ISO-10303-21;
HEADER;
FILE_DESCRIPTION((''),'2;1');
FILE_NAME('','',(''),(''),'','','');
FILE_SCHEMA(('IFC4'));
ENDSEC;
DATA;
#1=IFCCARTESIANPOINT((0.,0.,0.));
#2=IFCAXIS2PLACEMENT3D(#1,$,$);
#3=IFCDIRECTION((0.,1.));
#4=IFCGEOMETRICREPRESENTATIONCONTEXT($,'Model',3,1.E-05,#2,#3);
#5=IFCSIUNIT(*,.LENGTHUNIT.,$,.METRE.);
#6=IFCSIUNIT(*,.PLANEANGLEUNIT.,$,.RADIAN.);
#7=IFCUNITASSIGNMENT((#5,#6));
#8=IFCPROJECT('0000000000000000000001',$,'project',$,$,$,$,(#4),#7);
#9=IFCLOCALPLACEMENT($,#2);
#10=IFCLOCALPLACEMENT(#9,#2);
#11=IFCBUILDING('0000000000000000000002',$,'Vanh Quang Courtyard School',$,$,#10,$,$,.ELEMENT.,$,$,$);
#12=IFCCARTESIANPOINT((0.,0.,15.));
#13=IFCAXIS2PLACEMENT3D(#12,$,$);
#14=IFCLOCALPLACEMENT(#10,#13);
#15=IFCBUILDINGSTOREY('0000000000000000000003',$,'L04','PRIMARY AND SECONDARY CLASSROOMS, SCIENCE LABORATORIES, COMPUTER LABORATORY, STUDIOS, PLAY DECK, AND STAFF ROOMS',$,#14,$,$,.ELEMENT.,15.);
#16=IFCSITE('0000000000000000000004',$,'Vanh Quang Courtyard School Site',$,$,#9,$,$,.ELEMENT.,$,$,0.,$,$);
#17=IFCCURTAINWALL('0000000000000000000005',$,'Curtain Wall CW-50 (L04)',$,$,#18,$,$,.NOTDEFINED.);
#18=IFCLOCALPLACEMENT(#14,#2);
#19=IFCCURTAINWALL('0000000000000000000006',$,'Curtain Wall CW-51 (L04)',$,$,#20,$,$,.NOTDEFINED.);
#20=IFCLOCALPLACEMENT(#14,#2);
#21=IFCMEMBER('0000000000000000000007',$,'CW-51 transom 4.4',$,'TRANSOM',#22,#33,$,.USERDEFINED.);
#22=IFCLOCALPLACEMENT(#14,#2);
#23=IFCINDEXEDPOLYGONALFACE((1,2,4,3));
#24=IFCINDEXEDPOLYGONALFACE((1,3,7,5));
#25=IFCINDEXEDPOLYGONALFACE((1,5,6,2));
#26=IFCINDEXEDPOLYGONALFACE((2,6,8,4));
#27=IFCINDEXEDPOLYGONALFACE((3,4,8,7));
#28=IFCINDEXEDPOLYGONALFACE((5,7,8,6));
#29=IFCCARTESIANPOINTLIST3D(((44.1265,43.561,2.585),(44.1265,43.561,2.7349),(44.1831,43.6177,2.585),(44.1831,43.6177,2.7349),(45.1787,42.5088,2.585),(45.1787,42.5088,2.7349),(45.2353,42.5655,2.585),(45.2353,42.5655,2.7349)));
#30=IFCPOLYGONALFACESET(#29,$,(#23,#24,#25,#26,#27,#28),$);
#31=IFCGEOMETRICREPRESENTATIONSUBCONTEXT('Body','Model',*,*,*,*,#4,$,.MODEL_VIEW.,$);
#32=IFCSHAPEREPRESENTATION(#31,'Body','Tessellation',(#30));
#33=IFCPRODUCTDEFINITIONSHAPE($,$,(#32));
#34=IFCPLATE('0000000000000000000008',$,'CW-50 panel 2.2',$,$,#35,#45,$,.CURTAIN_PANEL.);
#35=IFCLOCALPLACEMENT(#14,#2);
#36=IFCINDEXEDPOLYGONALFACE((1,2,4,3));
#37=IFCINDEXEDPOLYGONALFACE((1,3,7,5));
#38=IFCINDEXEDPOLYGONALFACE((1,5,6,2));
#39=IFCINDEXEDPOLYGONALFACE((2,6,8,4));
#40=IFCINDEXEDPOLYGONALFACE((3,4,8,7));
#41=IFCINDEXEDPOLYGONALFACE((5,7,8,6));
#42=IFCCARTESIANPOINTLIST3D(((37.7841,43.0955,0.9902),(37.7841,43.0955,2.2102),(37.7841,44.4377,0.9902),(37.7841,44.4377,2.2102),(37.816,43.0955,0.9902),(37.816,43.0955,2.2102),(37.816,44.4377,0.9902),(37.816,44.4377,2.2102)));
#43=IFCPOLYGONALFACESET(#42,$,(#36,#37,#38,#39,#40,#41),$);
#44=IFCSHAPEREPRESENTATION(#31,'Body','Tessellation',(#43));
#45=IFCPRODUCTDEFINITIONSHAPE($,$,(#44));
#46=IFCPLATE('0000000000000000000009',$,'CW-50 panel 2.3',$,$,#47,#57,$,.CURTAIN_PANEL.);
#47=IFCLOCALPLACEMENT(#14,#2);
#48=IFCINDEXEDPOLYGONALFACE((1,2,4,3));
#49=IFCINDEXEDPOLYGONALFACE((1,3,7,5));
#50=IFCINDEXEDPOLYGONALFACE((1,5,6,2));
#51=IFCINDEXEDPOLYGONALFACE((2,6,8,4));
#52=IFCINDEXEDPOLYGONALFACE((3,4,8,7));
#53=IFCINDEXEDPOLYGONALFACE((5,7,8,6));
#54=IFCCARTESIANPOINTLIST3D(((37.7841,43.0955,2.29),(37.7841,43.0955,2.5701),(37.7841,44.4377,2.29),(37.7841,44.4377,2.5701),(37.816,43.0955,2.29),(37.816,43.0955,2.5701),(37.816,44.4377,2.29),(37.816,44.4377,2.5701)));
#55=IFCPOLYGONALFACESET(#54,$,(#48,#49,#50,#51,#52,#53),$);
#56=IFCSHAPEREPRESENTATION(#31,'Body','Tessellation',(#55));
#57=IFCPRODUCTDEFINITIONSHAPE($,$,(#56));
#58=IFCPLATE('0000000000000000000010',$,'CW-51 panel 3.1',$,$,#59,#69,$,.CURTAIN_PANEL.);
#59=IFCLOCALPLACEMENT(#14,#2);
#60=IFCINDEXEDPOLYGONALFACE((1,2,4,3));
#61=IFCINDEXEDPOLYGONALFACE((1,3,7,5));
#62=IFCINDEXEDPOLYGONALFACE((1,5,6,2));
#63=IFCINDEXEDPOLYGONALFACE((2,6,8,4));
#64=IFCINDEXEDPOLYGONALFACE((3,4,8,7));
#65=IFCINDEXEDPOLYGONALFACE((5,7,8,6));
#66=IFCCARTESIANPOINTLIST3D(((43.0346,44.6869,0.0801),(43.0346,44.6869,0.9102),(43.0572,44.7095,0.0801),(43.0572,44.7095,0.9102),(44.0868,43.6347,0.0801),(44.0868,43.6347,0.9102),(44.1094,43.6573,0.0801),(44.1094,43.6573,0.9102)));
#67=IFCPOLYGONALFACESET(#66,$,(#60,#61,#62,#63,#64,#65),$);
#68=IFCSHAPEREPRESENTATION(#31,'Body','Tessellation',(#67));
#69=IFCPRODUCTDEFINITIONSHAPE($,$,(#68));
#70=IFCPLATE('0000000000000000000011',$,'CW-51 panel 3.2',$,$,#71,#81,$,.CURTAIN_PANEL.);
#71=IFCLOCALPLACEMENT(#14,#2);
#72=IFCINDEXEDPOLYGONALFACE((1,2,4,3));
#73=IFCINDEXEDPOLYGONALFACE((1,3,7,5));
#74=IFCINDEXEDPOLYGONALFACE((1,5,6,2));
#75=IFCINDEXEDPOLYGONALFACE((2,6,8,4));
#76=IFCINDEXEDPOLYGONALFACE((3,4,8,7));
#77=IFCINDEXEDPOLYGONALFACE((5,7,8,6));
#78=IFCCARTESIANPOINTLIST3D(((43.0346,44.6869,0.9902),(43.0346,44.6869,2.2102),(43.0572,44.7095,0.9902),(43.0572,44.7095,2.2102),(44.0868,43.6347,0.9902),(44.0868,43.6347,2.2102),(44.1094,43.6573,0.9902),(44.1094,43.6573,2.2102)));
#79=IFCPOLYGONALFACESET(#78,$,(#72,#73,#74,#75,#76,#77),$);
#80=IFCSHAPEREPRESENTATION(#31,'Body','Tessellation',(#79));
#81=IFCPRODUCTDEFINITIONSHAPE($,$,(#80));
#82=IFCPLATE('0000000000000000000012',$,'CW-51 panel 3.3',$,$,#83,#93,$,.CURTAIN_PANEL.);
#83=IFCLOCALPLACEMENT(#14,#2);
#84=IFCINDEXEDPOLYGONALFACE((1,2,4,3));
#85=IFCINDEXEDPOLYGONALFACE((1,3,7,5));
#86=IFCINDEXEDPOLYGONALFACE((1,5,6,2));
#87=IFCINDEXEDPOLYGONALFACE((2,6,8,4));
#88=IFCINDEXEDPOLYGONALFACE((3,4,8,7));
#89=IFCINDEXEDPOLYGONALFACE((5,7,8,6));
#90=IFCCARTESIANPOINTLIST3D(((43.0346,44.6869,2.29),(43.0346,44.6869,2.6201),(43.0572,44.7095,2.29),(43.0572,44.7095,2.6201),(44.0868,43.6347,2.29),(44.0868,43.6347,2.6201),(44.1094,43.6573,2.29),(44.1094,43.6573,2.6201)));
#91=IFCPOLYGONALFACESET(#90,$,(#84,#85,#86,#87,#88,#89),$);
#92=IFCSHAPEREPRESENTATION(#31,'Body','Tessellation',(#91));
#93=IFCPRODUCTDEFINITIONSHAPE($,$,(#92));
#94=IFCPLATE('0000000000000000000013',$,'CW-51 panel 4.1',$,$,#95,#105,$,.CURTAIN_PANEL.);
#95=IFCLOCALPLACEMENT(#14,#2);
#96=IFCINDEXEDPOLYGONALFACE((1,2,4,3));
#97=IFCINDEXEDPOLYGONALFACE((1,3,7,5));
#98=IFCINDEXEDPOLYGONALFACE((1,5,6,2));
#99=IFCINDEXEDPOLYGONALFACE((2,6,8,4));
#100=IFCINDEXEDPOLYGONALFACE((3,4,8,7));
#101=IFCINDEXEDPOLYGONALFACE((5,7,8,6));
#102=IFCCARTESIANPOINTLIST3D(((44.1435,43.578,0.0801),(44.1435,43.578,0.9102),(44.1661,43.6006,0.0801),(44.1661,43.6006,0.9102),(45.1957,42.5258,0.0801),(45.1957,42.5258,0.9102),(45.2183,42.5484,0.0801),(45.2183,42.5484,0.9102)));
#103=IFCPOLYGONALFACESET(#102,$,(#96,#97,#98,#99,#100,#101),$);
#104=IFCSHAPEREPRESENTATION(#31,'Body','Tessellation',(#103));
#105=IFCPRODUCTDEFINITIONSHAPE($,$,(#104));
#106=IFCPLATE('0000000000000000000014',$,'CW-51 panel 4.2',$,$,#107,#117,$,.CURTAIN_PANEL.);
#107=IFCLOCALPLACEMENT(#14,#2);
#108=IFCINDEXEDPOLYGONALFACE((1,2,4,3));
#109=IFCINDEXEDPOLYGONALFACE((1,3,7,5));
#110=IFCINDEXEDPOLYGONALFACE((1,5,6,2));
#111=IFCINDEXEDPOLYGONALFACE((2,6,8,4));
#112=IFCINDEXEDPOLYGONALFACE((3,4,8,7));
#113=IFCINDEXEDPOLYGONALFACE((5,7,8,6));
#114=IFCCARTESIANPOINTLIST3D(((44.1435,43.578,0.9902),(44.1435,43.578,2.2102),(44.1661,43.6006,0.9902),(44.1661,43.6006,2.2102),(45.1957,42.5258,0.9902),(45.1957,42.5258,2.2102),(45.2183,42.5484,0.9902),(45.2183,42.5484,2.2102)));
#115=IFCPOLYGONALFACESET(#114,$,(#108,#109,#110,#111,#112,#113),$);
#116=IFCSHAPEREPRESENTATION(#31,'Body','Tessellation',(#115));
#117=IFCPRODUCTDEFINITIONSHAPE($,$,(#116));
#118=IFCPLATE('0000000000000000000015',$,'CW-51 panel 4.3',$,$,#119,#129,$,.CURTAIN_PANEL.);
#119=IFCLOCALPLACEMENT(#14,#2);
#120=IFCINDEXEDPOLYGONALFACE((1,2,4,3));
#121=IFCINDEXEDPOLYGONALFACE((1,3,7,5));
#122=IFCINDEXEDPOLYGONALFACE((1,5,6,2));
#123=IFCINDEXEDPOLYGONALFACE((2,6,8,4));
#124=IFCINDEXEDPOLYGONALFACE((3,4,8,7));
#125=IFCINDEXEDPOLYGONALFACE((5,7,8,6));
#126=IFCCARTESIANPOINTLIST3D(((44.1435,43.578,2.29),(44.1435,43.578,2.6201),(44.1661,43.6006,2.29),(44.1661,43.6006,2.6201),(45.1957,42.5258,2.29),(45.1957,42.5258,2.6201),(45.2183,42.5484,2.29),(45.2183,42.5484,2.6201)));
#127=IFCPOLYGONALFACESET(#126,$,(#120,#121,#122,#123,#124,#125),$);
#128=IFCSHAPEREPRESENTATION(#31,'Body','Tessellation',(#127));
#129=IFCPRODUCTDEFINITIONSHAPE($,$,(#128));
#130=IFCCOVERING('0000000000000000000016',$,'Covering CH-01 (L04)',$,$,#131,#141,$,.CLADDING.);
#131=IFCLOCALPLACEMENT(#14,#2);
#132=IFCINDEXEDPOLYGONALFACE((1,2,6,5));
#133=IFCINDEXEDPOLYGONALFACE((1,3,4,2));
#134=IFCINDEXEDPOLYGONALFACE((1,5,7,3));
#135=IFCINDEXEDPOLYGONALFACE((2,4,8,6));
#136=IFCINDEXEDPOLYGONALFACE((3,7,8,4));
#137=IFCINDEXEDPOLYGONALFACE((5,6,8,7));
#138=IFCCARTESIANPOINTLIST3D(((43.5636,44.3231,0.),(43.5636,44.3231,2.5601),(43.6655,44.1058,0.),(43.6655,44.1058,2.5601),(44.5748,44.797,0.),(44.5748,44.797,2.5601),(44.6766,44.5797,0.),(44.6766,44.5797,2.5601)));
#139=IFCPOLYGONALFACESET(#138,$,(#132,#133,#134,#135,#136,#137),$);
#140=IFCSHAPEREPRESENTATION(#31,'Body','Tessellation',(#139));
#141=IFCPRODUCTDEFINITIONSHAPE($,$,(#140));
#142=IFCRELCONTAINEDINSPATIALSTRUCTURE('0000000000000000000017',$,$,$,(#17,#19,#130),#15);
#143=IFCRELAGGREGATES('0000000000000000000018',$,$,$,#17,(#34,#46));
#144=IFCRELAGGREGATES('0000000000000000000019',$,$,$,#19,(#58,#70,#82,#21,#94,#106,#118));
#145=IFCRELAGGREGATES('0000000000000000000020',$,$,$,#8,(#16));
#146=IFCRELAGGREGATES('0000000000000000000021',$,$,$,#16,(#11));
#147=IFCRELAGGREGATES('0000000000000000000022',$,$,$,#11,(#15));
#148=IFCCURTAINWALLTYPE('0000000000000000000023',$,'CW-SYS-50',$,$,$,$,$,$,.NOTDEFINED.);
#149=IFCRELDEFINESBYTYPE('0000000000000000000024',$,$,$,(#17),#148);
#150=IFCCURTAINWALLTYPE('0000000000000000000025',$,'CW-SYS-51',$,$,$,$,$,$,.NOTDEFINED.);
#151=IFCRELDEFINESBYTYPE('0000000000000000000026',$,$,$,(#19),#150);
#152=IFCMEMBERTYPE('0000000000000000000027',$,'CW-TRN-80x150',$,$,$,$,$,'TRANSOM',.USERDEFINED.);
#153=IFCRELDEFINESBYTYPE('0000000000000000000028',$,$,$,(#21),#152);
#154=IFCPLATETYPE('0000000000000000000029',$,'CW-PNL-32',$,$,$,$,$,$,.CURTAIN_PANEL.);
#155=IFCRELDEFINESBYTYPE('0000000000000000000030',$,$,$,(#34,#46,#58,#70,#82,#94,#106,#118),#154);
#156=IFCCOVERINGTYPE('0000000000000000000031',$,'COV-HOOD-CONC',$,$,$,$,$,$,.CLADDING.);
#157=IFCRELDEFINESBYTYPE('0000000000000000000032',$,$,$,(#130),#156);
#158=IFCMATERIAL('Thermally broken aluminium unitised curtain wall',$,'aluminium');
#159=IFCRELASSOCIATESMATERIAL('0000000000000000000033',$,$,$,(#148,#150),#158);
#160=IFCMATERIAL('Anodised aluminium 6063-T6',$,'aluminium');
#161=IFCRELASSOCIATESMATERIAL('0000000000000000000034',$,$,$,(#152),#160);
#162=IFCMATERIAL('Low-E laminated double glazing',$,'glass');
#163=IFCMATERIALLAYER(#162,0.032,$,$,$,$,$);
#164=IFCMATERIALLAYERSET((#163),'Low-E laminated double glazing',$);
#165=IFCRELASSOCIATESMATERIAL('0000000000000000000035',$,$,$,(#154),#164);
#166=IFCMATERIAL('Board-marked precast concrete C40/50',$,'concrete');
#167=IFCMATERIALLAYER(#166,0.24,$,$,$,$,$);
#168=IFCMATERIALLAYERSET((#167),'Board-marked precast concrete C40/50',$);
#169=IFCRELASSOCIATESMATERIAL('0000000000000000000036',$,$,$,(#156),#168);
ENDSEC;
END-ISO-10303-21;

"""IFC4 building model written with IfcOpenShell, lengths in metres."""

from ifc_helpers import new_model, si_unit, direction, frame, origin, origin_2d, place, context, subcontext, project, spatial, rectangle, extrude, material, layer, layer_set, material_profile, profile_set, type_object, element, aggregate, save


model = new_model("IFC4")

# Units and contexts
model_context = context("Model", 3, precision=1e-05, world=origin(), true_north=direction((0.0, 1.0)))
body_context = subcontext(model_context, "Body", "Model", "MODEL_VIEW")
ifc_project = project(units=[si_unit("LENGTHUNIT", "METRE"), si_unit("PLANEANGLEUNIT", "RADIAN")], contexts=[model_context])

# Site, building, storey
site_placement = place(None, origin())
site = spatial("IfcSite", under=ifc_project, at=site_placement, Name="Vanh Quang Courtyard School Site", CompositionType="ELEMENT", RefElevation=0.0)
building_placement = place(site_placement, origin())
building = spatial("IfcBuilding", under=site, at=building_placement, Name="Vanh Quang Courtyard School", CompositionType="ELEMENT")
storey_placement = place(building_placement, frame((0.0, 0.0, 15.0)))
storey = spatial("IfcBuildingStorey", under=building, at=storey_placement, Name="L04", Description="PRIMARY AND SECONDARY CLASSROOMS, SCIENCE LABORATORIES, COMPUTER LABORATORY, STUDIOS, PLAY DECK, AND STAFF ROOMS", CompositionType="ELEMENT", Elevation=15.0)

# Curtain walls
ifc_material_1 = material(Name="Thermally broken aluminium unitised curtain wall", Category="aluminium")
curtain_wall_type_1 = type_object("IfcCurtainWallType", Name="CW-SYS-50", PredefinedType="NOTDEFINED", material=ifc_material_1)
curtain_wall_1_placement = place(storey_placement, origin())
curtain_wall_1 = element("IfcCurtainWall", 1, at=curtain_wall_1_placement, inside=storey, type_object=curtain_wall_type_1, Name="Curtain Wall CW-50 (L04)", PredefinedType="NOTDEFINED")
ifc_material_2 = material(Name="Anodised aluminium 6063-T6", Category="aluminium")
curtain_wall_type_2 = type_object("IfcCurtainWallType", Name="CW-SYS-51", PredefinedType="NOTDEFINED", material=ifc_material_1)
curtain_wall_2_placement = place(storey_placement, origin())
curtain_wall_2 = element("IfcCurtainWall", 2, at=curtain_wall_2_placement, inside=storey, type_object=curtain_wall_type_2, Name="Curtain Wall CW-51 (L04)", PredefinedType="NOTDEFINED")

# Member
ifc_material_profile_1 = material_profile(ifc_material_2, rectangle(XDim=0.0801, YDim=0.1499, at=origin_2d()), Name="ALU-TRN 80x150")
ifc_profile_set_1 = profile_set([ifc_material_profile_1], Name="Anodised aluminium 6063-T6")
member_type_1 = type_object("IfcMemberType", Name="CW-TRN-80x150", ElementType="TRANSOM", PredefinedType="USERDEFINED", material=ifc_profile_set_1)
member_1_placement = place(storey_placement, frame((44.1548, 43.5894, 2.6599), z_axis=(0.707107, -0.707107, 0.0), x_axis=(0.707107, 0.707107, 0.0)))
member_1 = element("IfcMember", 3, at=member_1_placement, type_object=member_type_1, Name="CW-51 transom 4.4", ObjectType="TRANSOM", PredefinedType="USERDEFINED", context=body_context, shape_type="SweptSolid", body=[
    extrude(rectangle(XDim=0.0801, YDim=0.1499, at=origin_2d()), origin(), (0.0, 0.0, 1.0), 1.488),
])

# Plates
ifc_material_3 = material(Name="Low-E laminated double glazing", Category="glass")
ifc_layer_1 = layer(ifc_material_3, 0.032)
ifc_layer_set_1 = layer_set([ifc_layer_1], Name="Low-E laminated double glazing")
plate_type = type_object("IfcPlateType", Name="CW-PNL-32", PredefinedType="CURTAIN_PANEL", material=ifc_layer_set_1)
plate_1_placement = place(storey_placement, frame((37.8, 43.7666, 0.9902), z_axis=(0.0, 0.0, 1.0), x_axis=(0.0, 1.0, 0.0)))
plate_1 = element("IfcPlate", 4, at=plate_1_placement, type_object=plate_type, Name="CW-50 panel 2.2", PredefinedType="CURTAIN_PANEL", context=body_context, shape_type="SweptSolid", body=[
    extrude(rectangle(XDim=1.3423, YDim=0.032, at=origin_2d()), origin(), (0.0, 0.0, 1.0), 1.22),
])
plate_2_placement = place(storey_placement, frame((37.8, 43.7666, 2.29), z_axis=(0.0, 0.0, 1.0), x_axis=(0.0, 1.0, 0.0)))
plate_2 = element("IfcPlate", 5, at=plate_2_placement, type_object=plate_type, Name="CW-50 panel 2.3", PredefinedType="CURTAIN_PANEL", context=body_context, shape_type="SweptSolid", body=[
    extrude(rectangle(XDim=1.3423, YDim=0.032, at=origin_2d()), origin(), (0.0, 0.0, 1.0), 0.28),
])
aggregate(curtain_wall_1, [plate_1, plate_2])
plate_3_placement = place(storey_placement, frame((43.572, 44.1721, 0.0801), z_axis=(0.0, 0.0, 1.0), x_axis=(0.707107, -0.707107, 0.0)))
plate_3 = element("IfcPlate", 6, at=plate_3_placement, type_object=plate_type, Name="CW-51 panel 3.1", PredefinedType="CURTAIN_PANEL", context=body_context, shape_type="SweptSolid", body=[
    extrude(rectangle(XDim=1.488, YDim=0.032, at=origin_2d()), origin(), (0.0, 0.0, 1.0), 0.8301),
])
plate_4_placement = place(storey_placement, frame((43.572, 44.1721, 0.9902), z_axis=(0.0, 0.0, 1.0), x_axis=(0.707107, -0.707107, 0.0)))
plate_4 = element("IfcPlate", 7, at=plate_4_placement, type_object=plate_type, Name="CW-51 panel 3.2", PredefinedType="CURTAIN_PANEL", context=body_context, shape_type="SweptSolid", body=[
    extrude(rectangle(XDim=1.488, YDim=0.032, at=origin_2d()), origin(), (0.0, 0.0, 1.0), 1.22),
])
plate_5_placement = place(storey_placement, frame((43.572, 44.1721, 2.29), z_axis=(0.0, 0.0, 1.0), x_axis=(0.707107, -0.707107, 0.0)))
plate_5 = element("IfcPlate", 8, at=plate_5_placement, type_object=plate_type, Name="CW-51 panel 3.3", PredefinedType="CURTAIN_PANEL", context=body_context, shape_type="SweptSolid", body=[
    extrude(rectangle(XDim=1.488, YDim=0.032, at=origin_2d()), origin(), (0.0, 0.0, 1.0), 0.3301),
])
plate_6_placement = place(storey_placement, frame((44.6809, 43.0632, 0.0801), z_axis=(0.0, 0.0, 1.0), x_axis=(0.707107, -0.707107, 0.0)))
plate_6 = element("IfcPlate", 9, at=plate_6_placement, type_object=plate_type, Name="CW-51 panel 4.1", PredefinedType="CURTAIN_PANEL", context=body_context, shape_type="SweptSolid", body=[
    extrude(rectangle(XDim=1.488, YDim=0.032, at=origin_2d()), origin(), (0.0, 0.0, 1.0), 0.8301),
])
plate_7_placement = place(storey_placement, frame((44.6809, 43.0632, 0.9902), z_axis=(0.0, 0.0, 1.0), x_axis=(0.707107, -0.707107, 0.0)))
plate_7 = element("IfcPlate", 10, at=plate_7_placement, type_object=plate_type, Name="CW-51 panel 4.2", PredefinedType="CURTAIN_PANEL", context=body_context, shape_type="SweptSolid", body=[
    extrude(rectangle(XDim=1.488, YDim=0.032, at=origin_2d()), origin(), (0.0, 0.0, 1.0), 1.22),
])
plate_8_placement = place(storey_placement, frame((44.6809, 43.0632, 2.29), z_axis=(0.0, 0.0, 1.0), x_axis=(0.707107, -0.707107, 0.0)))
plate_8 = element("IfcPlate", 11, at=plate_8_placement, type_object=plate_type, Name="CW-51 panel 4.3", PredefinedType="CURTAIN_PANEL", context=body_context, shape_type="SweptSolid", body=[
    extrude(rectangle(XDim=1.488, YDim=0.032, at=origin_2d()), origin(), (0.0, 0.0, 1.0), 0.3301),
])
aggregate(curtain_wall_2, [plate_3, plate_4, plate_5, member_1, plate_6, plate_7, plate_8])

# Covering
ifc_material_4 = material(Name="Board-marked precast concrete C40/50", Category="concrete")
ifc_layer_2 = layer(ifc_material_4, 0.24)
ifc_layer_set_2 = layer_set([ifc_layer_2], Name="Board-marked precast concrete C40/50")
covering_type = type_object("IfcCoveringType", Name="COV-HOOD-CONC", PredefinedType="CLADDING", material=ifc_layer_set_2)
covering_placement = place(storey_placement, frame((44.1201, 44.4514, 0.0), z_axis=(0.0, 0.0, 1.0), x_axis=(0.905495, 0.424357, 0.0)))
element("IfcCovering", 12, at=covering_placement, inside=storey, type_object=covering_type, Name="Covering CH-01 (L04)", PredefinedType="CLADDING", context=body_context, shape_type="SweptSolid", body=[
    extrude(rectangle(XDim=1.1167, YDim=0.24, at=origin_2d()), origin(), (0.0, 0.0, 1.0), 2.5601),
])

save(model, "model.ifc")
